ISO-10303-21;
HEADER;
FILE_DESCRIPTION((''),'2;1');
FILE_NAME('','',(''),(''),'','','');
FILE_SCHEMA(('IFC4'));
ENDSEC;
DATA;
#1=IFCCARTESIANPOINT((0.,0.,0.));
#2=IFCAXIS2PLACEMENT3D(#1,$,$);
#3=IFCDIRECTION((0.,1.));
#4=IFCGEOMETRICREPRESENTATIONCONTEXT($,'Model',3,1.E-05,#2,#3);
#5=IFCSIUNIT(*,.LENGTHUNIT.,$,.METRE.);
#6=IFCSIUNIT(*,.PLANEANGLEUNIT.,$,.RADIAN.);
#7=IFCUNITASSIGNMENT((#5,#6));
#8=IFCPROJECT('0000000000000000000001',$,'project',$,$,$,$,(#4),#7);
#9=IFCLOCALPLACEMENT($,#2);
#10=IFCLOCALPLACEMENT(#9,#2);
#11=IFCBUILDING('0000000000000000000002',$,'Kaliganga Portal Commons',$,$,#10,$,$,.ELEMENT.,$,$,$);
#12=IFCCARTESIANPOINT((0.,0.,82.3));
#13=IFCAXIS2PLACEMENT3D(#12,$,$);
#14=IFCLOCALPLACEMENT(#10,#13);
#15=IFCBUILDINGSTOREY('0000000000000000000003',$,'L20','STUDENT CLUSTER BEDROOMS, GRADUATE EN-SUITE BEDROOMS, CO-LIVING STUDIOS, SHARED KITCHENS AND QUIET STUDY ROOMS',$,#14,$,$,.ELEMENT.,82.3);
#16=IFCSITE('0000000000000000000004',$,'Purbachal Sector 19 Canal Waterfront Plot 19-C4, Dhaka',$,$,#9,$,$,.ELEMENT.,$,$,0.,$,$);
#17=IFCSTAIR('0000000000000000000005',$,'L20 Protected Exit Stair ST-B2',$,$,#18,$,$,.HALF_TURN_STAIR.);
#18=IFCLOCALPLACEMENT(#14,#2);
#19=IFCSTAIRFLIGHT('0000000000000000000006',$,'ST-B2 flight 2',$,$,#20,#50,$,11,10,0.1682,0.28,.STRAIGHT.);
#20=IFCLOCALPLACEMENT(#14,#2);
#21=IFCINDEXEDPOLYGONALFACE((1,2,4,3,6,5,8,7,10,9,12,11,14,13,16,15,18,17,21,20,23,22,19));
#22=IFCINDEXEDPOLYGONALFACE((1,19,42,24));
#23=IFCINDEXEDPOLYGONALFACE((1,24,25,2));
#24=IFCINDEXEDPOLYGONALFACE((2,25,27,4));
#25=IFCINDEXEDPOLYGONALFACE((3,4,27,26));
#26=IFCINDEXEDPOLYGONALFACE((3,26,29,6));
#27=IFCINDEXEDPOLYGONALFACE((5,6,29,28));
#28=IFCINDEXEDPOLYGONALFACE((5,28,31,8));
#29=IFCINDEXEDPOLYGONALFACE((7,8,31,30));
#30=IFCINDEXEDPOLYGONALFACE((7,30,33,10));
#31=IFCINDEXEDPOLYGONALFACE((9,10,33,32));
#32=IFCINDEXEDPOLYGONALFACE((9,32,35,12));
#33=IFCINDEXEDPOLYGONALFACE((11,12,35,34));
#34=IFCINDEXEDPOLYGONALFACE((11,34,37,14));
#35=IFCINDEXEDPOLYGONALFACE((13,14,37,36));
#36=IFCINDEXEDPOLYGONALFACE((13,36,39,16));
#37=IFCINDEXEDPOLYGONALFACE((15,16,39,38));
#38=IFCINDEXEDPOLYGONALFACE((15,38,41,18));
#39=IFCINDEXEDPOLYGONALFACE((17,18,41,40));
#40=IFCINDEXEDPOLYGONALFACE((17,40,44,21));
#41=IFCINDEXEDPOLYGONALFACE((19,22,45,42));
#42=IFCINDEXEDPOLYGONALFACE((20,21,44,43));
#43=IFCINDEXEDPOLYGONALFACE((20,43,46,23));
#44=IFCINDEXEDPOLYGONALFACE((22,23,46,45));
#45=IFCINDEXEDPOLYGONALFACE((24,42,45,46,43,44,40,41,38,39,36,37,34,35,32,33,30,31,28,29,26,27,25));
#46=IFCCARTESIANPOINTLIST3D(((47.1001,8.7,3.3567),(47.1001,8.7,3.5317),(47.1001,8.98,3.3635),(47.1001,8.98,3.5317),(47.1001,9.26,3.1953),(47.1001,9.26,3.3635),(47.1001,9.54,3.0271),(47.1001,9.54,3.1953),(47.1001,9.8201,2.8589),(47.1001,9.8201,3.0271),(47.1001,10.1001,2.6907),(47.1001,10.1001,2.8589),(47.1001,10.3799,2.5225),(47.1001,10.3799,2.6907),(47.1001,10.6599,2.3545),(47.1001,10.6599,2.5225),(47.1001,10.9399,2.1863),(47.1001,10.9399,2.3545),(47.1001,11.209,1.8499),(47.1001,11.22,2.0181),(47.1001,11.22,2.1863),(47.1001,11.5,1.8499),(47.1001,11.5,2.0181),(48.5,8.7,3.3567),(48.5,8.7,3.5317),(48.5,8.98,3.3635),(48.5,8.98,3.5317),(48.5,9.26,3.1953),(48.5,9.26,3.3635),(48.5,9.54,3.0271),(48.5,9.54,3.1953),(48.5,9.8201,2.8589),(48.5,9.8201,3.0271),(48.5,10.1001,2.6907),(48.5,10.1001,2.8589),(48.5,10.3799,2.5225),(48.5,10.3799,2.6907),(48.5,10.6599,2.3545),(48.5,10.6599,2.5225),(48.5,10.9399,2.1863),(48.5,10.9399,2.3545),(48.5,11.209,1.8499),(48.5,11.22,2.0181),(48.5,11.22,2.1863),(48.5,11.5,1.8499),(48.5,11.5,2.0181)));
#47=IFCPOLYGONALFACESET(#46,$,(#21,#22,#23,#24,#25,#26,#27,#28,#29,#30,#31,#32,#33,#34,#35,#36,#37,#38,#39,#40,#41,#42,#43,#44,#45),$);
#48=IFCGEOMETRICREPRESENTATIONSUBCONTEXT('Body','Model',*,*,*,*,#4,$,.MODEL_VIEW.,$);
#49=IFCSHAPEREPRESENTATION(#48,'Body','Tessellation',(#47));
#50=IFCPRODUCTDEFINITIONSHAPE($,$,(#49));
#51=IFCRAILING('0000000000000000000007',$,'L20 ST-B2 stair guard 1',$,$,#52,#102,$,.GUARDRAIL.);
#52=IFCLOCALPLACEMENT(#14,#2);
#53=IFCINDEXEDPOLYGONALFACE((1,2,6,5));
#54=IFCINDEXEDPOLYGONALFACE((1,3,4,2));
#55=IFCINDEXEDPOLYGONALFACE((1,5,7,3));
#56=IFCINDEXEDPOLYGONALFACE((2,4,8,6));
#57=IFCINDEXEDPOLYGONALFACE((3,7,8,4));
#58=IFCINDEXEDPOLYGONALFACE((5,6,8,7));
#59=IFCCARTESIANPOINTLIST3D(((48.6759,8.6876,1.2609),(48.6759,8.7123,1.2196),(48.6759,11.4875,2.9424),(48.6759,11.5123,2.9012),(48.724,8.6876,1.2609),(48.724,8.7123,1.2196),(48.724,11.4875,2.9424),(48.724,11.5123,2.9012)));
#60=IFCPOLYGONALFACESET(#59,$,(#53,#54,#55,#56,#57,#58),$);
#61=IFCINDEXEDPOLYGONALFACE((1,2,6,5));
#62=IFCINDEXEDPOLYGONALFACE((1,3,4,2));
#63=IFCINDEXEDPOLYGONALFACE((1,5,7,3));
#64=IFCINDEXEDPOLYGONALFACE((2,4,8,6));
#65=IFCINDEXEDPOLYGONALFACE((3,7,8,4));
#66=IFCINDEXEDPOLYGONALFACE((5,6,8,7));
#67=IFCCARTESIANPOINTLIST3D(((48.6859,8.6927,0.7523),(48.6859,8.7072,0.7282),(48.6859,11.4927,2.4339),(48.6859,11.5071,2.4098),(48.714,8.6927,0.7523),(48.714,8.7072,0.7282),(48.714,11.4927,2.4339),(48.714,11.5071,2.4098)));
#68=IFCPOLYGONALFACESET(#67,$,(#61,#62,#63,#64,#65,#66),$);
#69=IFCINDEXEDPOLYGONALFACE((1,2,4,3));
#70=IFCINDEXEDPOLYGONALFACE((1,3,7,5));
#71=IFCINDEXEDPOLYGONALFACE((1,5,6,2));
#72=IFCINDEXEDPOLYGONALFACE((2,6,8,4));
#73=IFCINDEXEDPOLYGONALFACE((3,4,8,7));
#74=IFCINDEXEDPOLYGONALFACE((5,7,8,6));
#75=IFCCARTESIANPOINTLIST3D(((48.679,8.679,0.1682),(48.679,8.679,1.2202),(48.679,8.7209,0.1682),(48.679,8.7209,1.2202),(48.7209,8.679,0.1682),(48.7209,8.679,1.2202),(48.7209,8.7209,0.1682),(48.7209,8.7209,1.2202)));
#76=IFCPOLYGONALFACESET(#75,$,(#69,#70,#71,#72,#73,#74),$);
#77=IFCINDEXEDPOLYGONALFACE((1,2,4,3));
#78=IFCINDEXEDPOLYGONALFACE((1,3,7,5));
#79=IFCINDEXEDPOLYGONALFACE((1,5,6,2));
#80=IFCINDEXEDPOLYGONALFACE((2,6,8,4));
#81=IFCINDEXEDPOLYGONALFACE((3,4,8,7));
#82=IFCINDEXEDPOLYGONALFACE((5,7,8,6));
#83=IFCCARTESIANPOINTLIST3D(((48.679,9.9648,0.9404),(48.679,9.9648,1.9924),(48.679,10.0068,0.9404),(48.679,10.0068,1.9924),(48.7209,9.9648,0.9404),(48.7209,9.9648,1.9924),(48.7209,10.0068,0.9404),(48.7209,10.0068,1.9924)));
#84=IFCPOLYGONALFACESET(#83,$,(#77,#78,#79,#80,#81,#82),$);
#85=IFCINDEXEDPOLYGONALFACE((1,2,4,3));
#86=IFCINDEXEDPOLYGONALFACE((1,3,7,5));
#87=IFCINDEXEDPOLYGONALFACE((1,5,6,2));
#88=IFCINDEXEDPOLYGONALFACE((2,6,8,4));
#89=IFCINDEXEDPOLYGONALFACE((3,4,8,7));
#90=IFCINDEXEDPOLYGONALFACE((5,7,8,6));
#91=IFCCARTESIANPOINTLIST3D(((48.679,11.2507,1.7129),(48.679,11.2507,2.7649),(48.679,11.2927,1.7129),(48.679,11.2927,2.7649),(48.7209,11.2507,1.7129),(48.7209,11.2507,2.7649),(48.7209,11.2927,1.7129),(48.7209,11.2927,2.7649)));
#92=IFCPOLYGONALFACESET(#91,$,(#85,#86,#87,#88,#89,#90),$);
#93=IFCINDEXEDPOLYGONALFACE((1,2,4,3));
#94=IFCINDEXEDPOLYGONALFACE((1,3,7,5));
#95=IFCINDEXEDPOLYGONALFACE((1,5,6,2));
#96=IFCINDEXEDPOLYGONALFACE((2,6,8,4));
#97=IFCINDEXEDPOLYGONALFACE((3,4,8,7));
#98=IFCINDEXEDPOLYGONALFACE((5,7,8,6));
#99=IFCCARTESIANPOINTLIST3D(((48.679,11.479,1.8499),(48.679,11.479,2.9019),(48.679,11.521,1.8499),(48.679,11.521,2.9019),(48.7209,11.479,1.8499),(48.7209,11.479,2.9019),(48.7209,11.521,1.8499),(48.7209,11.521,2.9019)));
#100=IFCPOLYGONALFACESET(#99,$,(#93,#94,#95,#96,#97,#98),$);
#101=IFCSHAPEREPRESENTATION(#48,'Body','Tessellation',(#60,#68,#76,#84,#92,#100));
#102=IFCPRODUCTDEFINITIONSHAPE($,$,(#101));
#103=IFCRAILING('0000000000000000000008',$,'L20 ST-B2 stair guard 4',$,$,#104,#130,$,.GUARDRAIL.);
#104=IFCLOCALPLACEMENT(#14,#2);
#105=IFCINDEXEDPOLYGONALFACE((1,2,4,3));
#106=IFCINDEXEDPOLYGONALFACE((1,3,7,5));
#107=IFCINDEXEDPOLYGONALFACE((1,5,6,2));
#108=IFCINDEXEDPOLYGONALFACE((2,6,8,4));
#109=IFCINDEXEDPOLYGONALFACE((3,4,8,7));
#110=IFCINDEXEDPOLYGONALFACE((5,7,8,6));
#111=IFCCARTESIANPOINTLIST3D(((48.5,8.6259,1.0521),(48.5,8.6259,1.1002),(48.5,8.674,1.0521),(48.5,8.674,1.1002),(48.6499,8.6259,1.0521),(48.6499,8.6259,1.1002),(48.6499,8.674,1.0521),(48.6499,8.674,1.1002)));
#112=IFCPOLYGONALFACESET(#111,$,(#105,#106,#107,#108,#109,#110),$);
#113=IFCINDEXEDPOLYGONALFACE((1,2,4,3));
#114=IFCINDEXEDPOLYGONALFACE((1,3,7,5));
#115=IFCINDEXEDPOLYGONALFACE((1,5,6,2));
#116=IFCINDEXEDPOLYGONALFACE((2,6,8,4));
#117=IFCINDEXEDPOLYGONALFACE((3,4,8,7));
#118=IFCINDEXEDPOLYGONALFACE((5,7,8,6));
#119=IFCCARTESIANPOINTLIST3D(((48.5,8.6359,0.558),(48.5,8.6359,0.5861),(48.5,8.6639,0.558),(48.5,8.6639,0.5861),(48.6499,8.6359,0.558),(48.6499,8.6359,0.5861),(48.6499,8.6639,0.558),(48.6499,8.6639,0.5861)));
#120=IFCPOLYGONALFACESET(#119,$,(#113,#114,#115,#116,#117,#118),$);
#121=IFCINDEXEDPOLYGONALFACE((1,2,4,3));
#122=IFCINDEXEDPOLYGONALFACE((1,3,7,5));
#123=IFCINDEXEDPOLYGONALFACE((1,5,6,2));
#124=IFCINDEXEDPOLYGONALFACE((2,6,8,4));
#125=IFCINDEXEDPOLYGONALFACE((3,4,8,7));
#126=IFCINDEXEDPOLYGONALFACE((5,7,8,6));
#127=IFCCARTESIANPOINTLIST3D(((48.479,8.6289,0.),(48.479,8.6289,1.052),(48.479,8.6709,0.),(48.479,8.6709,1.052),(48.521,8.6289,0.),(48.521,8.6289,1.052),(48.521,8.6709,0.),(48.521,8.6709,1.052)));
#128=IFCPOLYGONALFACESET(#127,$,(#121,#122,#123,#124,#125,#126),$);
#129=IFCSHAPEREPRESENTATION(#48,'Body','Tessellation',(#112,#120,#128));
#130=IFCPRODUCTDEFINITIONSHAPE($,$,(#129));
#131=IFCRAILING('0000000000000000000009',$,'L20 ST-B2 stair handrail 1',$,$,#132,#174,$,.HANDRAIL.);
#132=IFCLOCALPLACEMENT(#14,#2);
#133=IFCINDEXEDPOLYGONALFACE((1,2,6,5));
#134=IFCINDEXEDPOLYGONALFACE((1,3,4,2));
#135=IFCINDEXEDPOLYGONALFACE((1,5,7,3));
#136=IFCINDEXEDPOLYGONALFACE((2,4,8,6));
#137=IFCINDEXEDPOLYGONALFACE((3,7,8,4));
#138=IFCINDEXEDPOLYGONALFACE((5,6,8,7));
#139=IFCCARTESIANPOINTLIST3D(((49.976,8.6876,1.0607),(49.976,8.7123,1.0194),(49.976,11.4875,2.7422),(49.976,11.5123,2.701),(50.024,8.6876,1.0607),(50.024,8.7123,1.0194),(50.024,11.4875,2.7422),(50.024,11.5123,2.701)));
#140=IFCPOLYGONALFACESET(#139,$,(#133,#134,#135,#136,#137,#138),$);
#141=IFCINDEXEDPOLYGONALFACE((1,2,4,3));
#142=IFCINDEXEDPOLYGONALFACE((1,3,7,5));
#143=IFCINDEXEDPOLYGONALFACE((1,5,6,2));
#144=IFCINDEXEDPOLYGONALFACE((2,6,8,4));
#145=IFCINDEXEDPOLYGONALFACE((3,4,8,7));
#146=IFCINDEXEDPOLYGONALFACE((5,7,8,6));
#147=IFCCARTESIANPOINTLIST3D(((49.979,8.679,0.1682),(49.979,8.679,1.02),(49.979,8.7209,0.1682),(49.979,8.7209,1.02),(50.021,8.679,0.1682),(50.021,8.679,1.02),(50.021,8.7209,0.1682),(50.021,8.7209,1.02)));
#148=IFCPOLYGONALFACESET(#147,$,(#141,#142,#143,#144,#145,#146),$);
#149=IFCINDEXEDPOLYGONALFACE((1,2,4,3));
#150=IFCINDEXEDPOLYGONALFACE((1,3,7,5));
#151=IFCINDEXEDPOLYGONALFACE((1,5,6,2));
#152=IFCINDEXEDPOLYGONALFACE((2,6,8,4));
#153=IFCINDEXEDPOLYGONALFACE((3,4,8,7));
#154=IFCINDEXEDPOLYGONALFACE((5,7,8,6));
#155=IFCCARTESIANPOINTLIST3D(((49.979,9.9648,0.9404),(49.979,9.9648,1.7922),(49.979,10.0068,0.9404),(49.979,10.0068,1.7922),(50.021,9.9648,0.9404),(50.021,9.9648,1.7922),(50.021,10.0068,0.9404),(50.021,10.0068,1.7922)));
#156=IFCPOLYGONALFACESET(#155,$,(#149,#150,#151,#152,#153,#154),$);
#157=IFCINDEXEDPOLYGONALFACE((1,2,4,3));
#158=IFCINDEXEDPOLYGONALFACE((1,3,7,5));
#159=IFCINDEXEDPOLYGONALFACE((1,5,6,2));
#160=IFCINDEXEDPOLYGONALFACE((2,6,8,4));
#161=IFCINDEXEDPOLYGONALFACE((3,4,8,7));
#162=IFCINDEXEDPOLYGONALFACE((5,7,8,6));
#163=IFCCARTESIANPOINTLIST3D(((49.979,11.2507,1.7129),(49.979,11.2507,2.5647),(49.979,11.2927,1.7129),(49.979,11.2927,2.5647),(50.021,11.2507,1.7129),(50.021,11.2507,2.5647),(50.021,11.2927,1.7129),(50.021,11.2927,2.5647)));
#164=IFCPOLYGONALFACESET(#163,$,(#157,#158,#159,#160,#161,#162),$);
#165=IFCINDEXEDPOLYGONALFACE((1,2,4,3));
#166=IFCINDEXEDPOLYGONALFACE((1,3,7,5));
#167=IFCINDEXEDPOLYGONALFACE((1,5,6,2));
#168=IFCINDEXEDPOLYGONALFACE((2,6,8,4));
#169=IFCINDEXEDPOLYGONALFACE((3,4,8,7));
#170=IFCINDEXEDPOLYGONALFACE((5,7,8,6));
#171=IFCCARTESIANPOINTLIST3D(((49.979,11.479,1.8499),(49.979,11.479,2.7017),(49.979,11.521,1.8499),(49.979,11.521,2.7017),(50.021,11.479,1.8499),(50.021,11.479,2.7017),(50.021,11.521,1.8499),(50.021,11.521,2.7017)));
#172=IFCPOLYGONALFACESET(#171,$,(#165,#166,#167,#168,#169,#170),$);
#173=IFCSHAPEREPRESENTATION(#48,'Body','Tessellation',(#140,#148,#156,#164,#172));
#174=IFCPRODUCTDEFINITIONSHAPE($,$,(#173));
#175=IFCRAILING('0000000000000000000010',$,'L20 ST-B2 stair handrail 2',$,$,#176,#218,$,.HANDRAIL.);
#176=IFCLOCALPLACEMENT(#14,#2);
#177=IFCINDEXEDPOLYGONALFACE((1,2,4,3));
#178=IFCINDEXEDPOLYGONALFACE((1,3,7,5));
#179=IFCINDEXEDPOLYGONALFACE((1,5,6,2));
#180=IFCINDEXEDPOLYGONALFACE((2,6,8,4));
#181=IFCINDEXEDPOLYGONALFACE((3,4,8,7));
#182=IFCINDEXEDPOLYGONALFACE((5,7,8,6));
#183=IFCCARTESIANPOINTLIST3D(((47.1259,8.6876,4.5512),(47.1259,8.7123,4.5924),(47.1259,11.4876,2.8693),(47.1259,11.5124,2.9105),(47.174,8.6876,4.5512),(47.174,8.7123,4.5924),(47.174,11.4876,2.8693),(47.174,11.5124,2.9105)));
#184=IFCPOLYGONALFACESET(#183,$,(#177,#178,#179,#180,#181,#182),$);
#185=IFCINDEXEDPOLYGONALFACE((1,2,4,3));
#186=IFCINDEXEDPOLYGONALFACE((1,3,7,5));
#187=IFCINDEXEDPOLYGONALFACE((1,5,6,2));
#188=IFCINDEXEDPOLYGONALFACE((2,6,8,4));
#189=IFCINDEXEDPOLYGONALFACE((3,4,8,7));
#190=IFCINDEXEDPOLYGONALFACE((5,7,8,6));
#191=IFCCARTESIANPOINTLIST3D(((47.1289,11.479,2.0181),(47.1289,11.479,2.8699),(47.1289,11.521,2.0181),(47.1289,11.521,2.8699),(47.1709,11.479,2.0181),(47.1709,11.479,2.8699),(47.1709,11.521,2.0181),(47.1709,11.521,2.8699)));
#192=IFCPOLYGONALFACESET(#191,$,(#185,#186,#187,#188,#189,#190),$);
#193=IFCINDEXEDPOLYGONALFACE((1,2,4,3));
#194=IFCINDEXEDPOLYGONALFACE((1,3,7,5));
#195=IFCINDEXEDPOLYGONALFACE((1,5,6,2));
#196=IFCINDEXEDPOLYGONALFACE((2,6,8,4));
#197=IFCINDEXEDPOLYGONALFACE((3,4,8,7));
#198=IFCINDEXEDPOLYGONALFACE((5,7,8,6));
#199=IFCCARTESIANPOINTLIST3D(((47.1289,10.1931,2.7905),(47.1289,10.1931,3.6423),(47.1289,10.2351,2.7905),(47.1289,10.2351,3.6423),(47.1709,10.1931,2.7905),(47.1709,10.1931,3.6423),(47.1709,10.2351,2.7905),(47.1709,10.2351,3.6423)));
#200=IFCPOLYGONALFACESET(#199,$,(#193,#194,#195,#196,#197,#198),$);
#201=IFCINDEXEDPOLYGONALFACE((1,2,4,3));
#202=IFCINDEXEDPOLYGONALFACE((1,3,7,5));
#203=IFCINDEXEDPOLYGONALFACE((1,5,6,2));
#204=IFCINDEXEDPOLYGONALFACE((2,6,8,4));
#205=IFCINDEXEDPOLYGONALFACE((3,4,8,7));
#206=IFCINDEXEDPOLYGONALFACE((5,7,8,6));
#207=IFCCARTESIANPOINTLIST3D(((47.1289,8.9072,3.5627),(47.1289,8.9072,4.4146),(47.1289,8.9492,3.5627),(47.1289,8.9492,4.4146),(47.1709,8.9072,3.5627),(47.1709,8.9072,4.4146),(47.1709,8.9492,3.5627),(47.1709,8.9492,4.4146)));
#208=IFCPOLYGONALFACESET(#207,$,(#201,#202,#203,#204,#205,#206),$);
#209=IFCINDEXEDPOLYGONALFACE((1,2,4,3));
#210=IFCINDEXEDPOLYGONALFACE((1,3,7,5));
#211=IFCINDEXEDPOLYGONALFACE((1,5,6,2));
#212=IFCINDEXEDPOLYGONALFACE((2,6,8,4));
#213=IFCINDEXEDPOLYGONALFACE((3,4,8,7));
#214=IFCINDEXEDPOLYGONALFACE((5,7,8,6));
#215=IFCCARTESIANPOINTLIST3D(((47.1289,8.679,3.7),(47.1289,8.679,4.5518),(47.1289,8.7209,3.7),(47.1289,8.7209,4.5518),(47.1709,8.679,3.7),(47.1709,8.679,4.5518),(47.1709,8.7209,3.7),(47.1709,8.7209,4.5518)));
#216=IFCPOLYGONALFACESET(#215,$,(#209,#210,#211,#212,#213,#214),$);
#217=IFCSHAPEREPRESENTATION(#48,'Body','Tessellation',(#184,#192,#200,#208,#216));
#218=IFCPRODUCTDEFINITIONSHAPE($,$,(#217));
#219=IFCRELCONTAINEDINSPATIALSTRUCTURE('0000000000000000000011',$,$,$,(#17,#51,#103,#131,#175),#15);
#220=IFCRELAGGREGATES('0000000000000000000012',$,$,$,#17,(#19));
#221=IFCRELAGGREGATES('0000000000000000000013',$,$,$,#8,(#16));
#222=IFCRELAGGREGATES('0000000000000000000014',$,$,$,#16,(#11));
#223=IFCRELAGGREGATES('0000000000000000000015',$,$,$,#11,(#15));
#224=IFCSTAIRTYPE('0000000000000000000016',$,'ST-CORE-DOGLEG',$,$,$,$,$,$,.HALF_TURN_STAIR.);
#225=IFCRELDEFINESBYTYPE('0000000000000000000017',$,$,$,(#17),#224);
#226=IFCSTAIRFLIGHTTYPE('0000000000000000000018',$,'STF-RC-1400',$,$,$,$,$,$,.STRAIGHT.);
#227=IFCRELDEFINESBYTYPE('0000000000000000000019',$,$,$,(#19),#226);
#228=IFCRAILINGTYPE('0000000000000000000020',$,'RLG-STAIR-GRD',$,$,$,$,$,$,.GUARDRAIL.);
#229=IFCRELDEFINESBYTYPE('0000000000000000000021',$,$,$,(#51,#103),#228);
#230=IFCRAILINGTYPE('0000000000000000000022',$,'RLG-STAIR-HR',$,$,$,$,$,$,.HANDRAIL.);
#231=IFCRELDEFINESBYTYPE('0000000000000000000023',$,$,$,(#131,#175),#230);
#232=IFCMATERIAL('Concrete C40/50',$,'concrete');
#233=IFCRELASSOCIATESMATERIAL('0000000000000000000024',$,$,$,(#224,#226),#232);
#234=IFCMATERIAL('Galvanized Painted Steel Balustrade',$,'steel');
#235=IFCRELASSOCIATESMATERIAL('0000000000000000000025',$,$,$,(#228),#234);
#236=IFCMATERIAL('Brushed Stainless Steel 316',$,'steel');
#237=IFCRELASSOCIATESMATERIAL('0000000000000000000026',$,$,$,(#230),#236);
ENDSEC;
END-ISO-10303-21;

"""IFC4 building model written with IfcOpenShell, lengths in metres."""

from ifc_helpers import new_model, si_unit, direction, frame, origin, origin_2d, place, context, subcontext, project, spatial, polyline, rectangle, outline, extrude, material, type_object, element, aggregate, save


model = new_model("IFC4")

# Units and contexts
model_context = context("Model", 3, precision=1e-05, world=origin(), true_north=direction((0.0, 1.0)))
body_context = subcontext(model_context, "Body", "Model", "MODEL_VIEW")
ifc_project = project(units=[si_unit("LENGTHUNIT", "METRE"), si_unit("PLANEANGLEUNIT", "RADIAN")], contexts=[model_context])

# Site, building, storey
site_placement = place(None, origin())
site = spatial("IfcSite", under=ifc_project, at=site_placement, Name="Purbachal Sector 19 Canal Waterfront Plot 19-C4, Dhaka", CompositionType="ELEMENT", RefElevation=0.0)
building_placement = place(site_placement, origin())
building = spatial("IfcBuilding", under=site, at=building_placement, Name="Kaliganga Portal Commons", CompositionType="ELEMENT")
storey_placement = place(building_placement, frame((0.0, 0.0, 82.3)))
storey = spatial("IfcBuildingStorey", under=building, at=storey_placement, Name="L20", Description="STUDENT CLUSTER BEDROOMS, GRADUATE EN-SUITE BEDROOMS, CO-LIVING STUDIOS, SHARED KITCHENS AND QUIET STUDY ROOMS", CompositionType="ELEMENT", Elevation=82.3)

# Stair, stair flight
ifc_material_1 = material(Name="Concrete C40/50", Category="concrete")
stair_type = type_object("IfcStairType", Name="ST-CORE-DOGLEG", PredefinedType="HALF_TURN_STAIR", material=ifc_material_1)
stair_placement = place(storey_placement, origin())
stair = element("IfcStair", 1, at=stair_placement, inside=storey, type_object=stair_type, Name="L20 Protected Exit Stair ST-B2", PredefinedType="HALF_TURN_STAIR")
stair_flight_type = type_object("IfcStairFlightType", Name="STF-RC-1400", PredefinedType="STRAIGHT", material=ifc_material_1)
stair_flight_1_placement = place(storey_placement, frame((47.8, 11.5, 1.8499), z_axis=(0.0, 0.0, 1.0), x_axis=(0.0, -1.0, 0.0)))
stair_flight_1 = element("IfcStairFlight", 2, at=stair_flight_1_placement, type_object=stair_flight_type, Name="ST-B2 flight 2", NumberOfRisers=11, NumberOfTreads=10, PredefinedType="STRAIGHT", RiserHeight=0.1682, TreadLength=0.28, context=body_context, shape_type="SweptSolid", body=[
    extrude(outline(polyline([(0.0, 0.0), (0.0, 0.1682), (0.28, 0.1682), (0.28, 0.3364), (0.5601, 0.3364), (0.5601, 0.5046), (0.8401, 0.5046), (0.8401, 0.6726), (1.1201, 0.6726), (1.1201, 0.8408), (1.3999, 0.8408), (1.3999, 1.009), (1.6799, 1.009), (1.6799, 1.1772), (1.96, 1.1772), (1.96, 1.3455), (2.24, 1.3455), (2.24, 1.5137), (2.52, 1.5137), (2.52, 1.6819), (2.8, 1.6819), (2.8, 1.8501), (2.8, 1.5068), (0.291, 0.0), (0.0, 0.0)])), frame((0.0, 0.7, 0.0), z_axis=(0.0, -1.0, 0.0), x_axis=(1.0, 0.0, 0.0)), (0.0, 0.0, 1.0), 1.3999),
])
aggregate(stair, [stair_flight_1])

# Railings
ifc_material_2 = material(Name="Galvanized Painted Steel Balustrade", Category="steel")
railing_type_1 = type_object("IfcRailingType", Name="RLG-STAIR-GRD", PredefinedType="GUARDRAIL", material=ifc_material_2)
railing_1_placement = place(storey_placement, frame((48.7, 8.7, 0.1682)))
element("IfcRailing", 3, at=railing_1_placement, inside=storey, type_object=railing_type_1, Name="L20 ST-B2 stair guard 1", PredefinedType="GUARDRAIL", context=body_context, shape_type="SweptSolid", body=[
    extrude(rectangle(XDim=0.0481, YDim=0.0481, at=origin_2d()), frame((0.0, 0.0, 1.072), z_axis=(0.0, 0.857275, 0.514858), x_axis=(-1.0, 0.0, 0.0)), (0.0, 0.0, 1.0), 3.2661),
    extrude(rectangle(XDim=0.0281, YDim=0.0281, at=origin_2d()), frame((0.0, 0.0, 0.572), z_axis=(0.0, 0.857275, 0.514858), x_axis=(-1.0, 0.0, 0.0)), (0.0, 0.0, 1.0), 3.2661),
    extrude(rectangle(XDim=0.042, YDim=0.042, at=origin_2d()), origin(), (0.0, 0.0, 1.0), 1.052),
    extrude(rectangle(XDim=0.042, YDim=0.042, at=origin_2d()), frame((0.0, 1.2859, 0.7722)), (0.0, 0.0, 1.0), 1.052),
    extrude(rectangle(XDim=0.042, YDim=0.042, at=origin_2d()), frame((0.0, 2.5718, 1.5447)), (0.0, 0.0, 1.0), 1.052),
    extrude(rectangle(XDim=0.042, YDim=0.042, at=origin_2d()), frame((0.0, 2.8, 1.6816)), (0.0, 0.0, 1.0), 1.052),
])
railing_2_placement = place(storey_placement, frame((48.6499, 8.6499, 0.0)))
element("IfcRailing", 4, at=railing_2_placement, inside=storey, type_object=railing_type_1, Name="L20 ST-B2 stair guard 4", PredefinedType="GUARDRAIL", context=body_context, shape_type="SweptSolid", body=[
    extrude(rectangle(XDim=0.0481, YDim=0.0481, at=origin_2d()), frame((0.0, 0.0, 1.0762), z_axis=(-1.0, 0.0, 0.0), x_axis=(0.0, -1.0, 0.0)), (0.0, 0.0, 1.0), 0.1499),
    extrude(rectangle(XDim=0.0281, YDim=0.0281, at=origin_2d()), frame((0.0, 0.0, 0.572), z_axis=(-1.0, 0.0, 0.0), x_axis=(0.0, -1.0, 0.0)), (0.0, 0.0, 1.0), 0.1499),
    extrude(rectangle(XDim=0.042, YDim=0.042, at=origin_2d()), frame((-0.1499, 0.0, 0.0)), (0.0, 0.0, 1.0), 1.052),
])
ifc_material_3 = material(Name="Brushed Stainless Steel 316", Category="steel")
railing_type_2 = type_object("IfcRailingType", Name="RLG-STAIR-HR", PredefinedType="HANDRAIL", material=ifc_material_3)
railing_3_placement = place(storey_placement, frame((50.0, 8.7, 0.1682)))
element("IfcRailing", 5, at=railing_3_placement, inside=storey, type_object=railing_type_2, Name="L20 ST-B2 stair handrail 1", PredefinedType="HANDRAIL", context=body_context, shape_type="SweptSolid", body=[
    extrude(rectangle(XDim=0.0481, YDim=0.0481, at=origin_2d()), frame((0.0, 0.0, 0.8718), z_axis=(0.0, 0.857275, 0.514858), x_axis=(-1.0, 0.0, 0.0)), (0.0, 0.0, 1.0), 3.2661),
    extrude(rectangle(XDim=0.042, YDim=0.042, at=origin_2d()), origin(), (0.0, 0.0, 1.0), 0.8518),
    extrude(rectangle(XDim=0.042, YDim=0.042, at=origin_2d()), frame((0.0, 1.2859, 0.7722)), (0.0, 0.0, 1.0), 0.8518),
    extrude(rectangle(XDim=0.042, YDim=0.042, at=origin_2d()), frame((0.0, 2.5718, 1.5447)), (0.0, 0.0, 1.0), 0.8518),
    extrude(rectangle(XDim=0.042, YDim=0.042, at=origin_2d()), frame((0.0, 2.8, 1.6816)), (0.0, 0.0, 1.0), 0.8518),
])
railing_4_placement = place(storey_placement, frame((47.1499, 11.5, 2.0181)))
element("IfcRailing", 6, at=railing_4_placement, inside=storey, type_object=railing_type_2, Name="L20 ST-B2 stair handrail 2", PredefinedType="HANDRAIL", context=body_context, shape_type="SweptSolid", body=[
    extrude(rectangle(XDim=0.0481, YDim=0.0481, at=origin_2d()), frame((0.0, 0.0, 0.8718), z_axis=(0.0, -0.857242, 0.514913), x_axis=(1.0, 0.0, 0.0)), (0.0, 0.0, 1.0), 3.2664),
    extrude(rectangle(XDim=0.042, YDim=0.042, at=origin_2d()), origin(), (0.0, 0.0, 1.0), 0.8518),
    extrude(rectangle(XDim=0.042, YDim=0.042, at=origin_2d()), frame((0.0, -1.2859, 0.7725)), (0.0, 0.0, 1.0), 0.8518),
    extrude(rectangle(XDim=0.042, YDim=0.042, at=origin_2d()), frame((0.0, -2.5718, 1.5447)), (0.0, 0.0, 1.0), 0.8518),
    extrude(rectangle(XDim=0.042, YDim=0.042, at=origin_2d()), frame((0.0, -2.8, 1.6819)), (0.0, 0.0, 1.0), 0.8518),
])

save(model, "model.ifc")
